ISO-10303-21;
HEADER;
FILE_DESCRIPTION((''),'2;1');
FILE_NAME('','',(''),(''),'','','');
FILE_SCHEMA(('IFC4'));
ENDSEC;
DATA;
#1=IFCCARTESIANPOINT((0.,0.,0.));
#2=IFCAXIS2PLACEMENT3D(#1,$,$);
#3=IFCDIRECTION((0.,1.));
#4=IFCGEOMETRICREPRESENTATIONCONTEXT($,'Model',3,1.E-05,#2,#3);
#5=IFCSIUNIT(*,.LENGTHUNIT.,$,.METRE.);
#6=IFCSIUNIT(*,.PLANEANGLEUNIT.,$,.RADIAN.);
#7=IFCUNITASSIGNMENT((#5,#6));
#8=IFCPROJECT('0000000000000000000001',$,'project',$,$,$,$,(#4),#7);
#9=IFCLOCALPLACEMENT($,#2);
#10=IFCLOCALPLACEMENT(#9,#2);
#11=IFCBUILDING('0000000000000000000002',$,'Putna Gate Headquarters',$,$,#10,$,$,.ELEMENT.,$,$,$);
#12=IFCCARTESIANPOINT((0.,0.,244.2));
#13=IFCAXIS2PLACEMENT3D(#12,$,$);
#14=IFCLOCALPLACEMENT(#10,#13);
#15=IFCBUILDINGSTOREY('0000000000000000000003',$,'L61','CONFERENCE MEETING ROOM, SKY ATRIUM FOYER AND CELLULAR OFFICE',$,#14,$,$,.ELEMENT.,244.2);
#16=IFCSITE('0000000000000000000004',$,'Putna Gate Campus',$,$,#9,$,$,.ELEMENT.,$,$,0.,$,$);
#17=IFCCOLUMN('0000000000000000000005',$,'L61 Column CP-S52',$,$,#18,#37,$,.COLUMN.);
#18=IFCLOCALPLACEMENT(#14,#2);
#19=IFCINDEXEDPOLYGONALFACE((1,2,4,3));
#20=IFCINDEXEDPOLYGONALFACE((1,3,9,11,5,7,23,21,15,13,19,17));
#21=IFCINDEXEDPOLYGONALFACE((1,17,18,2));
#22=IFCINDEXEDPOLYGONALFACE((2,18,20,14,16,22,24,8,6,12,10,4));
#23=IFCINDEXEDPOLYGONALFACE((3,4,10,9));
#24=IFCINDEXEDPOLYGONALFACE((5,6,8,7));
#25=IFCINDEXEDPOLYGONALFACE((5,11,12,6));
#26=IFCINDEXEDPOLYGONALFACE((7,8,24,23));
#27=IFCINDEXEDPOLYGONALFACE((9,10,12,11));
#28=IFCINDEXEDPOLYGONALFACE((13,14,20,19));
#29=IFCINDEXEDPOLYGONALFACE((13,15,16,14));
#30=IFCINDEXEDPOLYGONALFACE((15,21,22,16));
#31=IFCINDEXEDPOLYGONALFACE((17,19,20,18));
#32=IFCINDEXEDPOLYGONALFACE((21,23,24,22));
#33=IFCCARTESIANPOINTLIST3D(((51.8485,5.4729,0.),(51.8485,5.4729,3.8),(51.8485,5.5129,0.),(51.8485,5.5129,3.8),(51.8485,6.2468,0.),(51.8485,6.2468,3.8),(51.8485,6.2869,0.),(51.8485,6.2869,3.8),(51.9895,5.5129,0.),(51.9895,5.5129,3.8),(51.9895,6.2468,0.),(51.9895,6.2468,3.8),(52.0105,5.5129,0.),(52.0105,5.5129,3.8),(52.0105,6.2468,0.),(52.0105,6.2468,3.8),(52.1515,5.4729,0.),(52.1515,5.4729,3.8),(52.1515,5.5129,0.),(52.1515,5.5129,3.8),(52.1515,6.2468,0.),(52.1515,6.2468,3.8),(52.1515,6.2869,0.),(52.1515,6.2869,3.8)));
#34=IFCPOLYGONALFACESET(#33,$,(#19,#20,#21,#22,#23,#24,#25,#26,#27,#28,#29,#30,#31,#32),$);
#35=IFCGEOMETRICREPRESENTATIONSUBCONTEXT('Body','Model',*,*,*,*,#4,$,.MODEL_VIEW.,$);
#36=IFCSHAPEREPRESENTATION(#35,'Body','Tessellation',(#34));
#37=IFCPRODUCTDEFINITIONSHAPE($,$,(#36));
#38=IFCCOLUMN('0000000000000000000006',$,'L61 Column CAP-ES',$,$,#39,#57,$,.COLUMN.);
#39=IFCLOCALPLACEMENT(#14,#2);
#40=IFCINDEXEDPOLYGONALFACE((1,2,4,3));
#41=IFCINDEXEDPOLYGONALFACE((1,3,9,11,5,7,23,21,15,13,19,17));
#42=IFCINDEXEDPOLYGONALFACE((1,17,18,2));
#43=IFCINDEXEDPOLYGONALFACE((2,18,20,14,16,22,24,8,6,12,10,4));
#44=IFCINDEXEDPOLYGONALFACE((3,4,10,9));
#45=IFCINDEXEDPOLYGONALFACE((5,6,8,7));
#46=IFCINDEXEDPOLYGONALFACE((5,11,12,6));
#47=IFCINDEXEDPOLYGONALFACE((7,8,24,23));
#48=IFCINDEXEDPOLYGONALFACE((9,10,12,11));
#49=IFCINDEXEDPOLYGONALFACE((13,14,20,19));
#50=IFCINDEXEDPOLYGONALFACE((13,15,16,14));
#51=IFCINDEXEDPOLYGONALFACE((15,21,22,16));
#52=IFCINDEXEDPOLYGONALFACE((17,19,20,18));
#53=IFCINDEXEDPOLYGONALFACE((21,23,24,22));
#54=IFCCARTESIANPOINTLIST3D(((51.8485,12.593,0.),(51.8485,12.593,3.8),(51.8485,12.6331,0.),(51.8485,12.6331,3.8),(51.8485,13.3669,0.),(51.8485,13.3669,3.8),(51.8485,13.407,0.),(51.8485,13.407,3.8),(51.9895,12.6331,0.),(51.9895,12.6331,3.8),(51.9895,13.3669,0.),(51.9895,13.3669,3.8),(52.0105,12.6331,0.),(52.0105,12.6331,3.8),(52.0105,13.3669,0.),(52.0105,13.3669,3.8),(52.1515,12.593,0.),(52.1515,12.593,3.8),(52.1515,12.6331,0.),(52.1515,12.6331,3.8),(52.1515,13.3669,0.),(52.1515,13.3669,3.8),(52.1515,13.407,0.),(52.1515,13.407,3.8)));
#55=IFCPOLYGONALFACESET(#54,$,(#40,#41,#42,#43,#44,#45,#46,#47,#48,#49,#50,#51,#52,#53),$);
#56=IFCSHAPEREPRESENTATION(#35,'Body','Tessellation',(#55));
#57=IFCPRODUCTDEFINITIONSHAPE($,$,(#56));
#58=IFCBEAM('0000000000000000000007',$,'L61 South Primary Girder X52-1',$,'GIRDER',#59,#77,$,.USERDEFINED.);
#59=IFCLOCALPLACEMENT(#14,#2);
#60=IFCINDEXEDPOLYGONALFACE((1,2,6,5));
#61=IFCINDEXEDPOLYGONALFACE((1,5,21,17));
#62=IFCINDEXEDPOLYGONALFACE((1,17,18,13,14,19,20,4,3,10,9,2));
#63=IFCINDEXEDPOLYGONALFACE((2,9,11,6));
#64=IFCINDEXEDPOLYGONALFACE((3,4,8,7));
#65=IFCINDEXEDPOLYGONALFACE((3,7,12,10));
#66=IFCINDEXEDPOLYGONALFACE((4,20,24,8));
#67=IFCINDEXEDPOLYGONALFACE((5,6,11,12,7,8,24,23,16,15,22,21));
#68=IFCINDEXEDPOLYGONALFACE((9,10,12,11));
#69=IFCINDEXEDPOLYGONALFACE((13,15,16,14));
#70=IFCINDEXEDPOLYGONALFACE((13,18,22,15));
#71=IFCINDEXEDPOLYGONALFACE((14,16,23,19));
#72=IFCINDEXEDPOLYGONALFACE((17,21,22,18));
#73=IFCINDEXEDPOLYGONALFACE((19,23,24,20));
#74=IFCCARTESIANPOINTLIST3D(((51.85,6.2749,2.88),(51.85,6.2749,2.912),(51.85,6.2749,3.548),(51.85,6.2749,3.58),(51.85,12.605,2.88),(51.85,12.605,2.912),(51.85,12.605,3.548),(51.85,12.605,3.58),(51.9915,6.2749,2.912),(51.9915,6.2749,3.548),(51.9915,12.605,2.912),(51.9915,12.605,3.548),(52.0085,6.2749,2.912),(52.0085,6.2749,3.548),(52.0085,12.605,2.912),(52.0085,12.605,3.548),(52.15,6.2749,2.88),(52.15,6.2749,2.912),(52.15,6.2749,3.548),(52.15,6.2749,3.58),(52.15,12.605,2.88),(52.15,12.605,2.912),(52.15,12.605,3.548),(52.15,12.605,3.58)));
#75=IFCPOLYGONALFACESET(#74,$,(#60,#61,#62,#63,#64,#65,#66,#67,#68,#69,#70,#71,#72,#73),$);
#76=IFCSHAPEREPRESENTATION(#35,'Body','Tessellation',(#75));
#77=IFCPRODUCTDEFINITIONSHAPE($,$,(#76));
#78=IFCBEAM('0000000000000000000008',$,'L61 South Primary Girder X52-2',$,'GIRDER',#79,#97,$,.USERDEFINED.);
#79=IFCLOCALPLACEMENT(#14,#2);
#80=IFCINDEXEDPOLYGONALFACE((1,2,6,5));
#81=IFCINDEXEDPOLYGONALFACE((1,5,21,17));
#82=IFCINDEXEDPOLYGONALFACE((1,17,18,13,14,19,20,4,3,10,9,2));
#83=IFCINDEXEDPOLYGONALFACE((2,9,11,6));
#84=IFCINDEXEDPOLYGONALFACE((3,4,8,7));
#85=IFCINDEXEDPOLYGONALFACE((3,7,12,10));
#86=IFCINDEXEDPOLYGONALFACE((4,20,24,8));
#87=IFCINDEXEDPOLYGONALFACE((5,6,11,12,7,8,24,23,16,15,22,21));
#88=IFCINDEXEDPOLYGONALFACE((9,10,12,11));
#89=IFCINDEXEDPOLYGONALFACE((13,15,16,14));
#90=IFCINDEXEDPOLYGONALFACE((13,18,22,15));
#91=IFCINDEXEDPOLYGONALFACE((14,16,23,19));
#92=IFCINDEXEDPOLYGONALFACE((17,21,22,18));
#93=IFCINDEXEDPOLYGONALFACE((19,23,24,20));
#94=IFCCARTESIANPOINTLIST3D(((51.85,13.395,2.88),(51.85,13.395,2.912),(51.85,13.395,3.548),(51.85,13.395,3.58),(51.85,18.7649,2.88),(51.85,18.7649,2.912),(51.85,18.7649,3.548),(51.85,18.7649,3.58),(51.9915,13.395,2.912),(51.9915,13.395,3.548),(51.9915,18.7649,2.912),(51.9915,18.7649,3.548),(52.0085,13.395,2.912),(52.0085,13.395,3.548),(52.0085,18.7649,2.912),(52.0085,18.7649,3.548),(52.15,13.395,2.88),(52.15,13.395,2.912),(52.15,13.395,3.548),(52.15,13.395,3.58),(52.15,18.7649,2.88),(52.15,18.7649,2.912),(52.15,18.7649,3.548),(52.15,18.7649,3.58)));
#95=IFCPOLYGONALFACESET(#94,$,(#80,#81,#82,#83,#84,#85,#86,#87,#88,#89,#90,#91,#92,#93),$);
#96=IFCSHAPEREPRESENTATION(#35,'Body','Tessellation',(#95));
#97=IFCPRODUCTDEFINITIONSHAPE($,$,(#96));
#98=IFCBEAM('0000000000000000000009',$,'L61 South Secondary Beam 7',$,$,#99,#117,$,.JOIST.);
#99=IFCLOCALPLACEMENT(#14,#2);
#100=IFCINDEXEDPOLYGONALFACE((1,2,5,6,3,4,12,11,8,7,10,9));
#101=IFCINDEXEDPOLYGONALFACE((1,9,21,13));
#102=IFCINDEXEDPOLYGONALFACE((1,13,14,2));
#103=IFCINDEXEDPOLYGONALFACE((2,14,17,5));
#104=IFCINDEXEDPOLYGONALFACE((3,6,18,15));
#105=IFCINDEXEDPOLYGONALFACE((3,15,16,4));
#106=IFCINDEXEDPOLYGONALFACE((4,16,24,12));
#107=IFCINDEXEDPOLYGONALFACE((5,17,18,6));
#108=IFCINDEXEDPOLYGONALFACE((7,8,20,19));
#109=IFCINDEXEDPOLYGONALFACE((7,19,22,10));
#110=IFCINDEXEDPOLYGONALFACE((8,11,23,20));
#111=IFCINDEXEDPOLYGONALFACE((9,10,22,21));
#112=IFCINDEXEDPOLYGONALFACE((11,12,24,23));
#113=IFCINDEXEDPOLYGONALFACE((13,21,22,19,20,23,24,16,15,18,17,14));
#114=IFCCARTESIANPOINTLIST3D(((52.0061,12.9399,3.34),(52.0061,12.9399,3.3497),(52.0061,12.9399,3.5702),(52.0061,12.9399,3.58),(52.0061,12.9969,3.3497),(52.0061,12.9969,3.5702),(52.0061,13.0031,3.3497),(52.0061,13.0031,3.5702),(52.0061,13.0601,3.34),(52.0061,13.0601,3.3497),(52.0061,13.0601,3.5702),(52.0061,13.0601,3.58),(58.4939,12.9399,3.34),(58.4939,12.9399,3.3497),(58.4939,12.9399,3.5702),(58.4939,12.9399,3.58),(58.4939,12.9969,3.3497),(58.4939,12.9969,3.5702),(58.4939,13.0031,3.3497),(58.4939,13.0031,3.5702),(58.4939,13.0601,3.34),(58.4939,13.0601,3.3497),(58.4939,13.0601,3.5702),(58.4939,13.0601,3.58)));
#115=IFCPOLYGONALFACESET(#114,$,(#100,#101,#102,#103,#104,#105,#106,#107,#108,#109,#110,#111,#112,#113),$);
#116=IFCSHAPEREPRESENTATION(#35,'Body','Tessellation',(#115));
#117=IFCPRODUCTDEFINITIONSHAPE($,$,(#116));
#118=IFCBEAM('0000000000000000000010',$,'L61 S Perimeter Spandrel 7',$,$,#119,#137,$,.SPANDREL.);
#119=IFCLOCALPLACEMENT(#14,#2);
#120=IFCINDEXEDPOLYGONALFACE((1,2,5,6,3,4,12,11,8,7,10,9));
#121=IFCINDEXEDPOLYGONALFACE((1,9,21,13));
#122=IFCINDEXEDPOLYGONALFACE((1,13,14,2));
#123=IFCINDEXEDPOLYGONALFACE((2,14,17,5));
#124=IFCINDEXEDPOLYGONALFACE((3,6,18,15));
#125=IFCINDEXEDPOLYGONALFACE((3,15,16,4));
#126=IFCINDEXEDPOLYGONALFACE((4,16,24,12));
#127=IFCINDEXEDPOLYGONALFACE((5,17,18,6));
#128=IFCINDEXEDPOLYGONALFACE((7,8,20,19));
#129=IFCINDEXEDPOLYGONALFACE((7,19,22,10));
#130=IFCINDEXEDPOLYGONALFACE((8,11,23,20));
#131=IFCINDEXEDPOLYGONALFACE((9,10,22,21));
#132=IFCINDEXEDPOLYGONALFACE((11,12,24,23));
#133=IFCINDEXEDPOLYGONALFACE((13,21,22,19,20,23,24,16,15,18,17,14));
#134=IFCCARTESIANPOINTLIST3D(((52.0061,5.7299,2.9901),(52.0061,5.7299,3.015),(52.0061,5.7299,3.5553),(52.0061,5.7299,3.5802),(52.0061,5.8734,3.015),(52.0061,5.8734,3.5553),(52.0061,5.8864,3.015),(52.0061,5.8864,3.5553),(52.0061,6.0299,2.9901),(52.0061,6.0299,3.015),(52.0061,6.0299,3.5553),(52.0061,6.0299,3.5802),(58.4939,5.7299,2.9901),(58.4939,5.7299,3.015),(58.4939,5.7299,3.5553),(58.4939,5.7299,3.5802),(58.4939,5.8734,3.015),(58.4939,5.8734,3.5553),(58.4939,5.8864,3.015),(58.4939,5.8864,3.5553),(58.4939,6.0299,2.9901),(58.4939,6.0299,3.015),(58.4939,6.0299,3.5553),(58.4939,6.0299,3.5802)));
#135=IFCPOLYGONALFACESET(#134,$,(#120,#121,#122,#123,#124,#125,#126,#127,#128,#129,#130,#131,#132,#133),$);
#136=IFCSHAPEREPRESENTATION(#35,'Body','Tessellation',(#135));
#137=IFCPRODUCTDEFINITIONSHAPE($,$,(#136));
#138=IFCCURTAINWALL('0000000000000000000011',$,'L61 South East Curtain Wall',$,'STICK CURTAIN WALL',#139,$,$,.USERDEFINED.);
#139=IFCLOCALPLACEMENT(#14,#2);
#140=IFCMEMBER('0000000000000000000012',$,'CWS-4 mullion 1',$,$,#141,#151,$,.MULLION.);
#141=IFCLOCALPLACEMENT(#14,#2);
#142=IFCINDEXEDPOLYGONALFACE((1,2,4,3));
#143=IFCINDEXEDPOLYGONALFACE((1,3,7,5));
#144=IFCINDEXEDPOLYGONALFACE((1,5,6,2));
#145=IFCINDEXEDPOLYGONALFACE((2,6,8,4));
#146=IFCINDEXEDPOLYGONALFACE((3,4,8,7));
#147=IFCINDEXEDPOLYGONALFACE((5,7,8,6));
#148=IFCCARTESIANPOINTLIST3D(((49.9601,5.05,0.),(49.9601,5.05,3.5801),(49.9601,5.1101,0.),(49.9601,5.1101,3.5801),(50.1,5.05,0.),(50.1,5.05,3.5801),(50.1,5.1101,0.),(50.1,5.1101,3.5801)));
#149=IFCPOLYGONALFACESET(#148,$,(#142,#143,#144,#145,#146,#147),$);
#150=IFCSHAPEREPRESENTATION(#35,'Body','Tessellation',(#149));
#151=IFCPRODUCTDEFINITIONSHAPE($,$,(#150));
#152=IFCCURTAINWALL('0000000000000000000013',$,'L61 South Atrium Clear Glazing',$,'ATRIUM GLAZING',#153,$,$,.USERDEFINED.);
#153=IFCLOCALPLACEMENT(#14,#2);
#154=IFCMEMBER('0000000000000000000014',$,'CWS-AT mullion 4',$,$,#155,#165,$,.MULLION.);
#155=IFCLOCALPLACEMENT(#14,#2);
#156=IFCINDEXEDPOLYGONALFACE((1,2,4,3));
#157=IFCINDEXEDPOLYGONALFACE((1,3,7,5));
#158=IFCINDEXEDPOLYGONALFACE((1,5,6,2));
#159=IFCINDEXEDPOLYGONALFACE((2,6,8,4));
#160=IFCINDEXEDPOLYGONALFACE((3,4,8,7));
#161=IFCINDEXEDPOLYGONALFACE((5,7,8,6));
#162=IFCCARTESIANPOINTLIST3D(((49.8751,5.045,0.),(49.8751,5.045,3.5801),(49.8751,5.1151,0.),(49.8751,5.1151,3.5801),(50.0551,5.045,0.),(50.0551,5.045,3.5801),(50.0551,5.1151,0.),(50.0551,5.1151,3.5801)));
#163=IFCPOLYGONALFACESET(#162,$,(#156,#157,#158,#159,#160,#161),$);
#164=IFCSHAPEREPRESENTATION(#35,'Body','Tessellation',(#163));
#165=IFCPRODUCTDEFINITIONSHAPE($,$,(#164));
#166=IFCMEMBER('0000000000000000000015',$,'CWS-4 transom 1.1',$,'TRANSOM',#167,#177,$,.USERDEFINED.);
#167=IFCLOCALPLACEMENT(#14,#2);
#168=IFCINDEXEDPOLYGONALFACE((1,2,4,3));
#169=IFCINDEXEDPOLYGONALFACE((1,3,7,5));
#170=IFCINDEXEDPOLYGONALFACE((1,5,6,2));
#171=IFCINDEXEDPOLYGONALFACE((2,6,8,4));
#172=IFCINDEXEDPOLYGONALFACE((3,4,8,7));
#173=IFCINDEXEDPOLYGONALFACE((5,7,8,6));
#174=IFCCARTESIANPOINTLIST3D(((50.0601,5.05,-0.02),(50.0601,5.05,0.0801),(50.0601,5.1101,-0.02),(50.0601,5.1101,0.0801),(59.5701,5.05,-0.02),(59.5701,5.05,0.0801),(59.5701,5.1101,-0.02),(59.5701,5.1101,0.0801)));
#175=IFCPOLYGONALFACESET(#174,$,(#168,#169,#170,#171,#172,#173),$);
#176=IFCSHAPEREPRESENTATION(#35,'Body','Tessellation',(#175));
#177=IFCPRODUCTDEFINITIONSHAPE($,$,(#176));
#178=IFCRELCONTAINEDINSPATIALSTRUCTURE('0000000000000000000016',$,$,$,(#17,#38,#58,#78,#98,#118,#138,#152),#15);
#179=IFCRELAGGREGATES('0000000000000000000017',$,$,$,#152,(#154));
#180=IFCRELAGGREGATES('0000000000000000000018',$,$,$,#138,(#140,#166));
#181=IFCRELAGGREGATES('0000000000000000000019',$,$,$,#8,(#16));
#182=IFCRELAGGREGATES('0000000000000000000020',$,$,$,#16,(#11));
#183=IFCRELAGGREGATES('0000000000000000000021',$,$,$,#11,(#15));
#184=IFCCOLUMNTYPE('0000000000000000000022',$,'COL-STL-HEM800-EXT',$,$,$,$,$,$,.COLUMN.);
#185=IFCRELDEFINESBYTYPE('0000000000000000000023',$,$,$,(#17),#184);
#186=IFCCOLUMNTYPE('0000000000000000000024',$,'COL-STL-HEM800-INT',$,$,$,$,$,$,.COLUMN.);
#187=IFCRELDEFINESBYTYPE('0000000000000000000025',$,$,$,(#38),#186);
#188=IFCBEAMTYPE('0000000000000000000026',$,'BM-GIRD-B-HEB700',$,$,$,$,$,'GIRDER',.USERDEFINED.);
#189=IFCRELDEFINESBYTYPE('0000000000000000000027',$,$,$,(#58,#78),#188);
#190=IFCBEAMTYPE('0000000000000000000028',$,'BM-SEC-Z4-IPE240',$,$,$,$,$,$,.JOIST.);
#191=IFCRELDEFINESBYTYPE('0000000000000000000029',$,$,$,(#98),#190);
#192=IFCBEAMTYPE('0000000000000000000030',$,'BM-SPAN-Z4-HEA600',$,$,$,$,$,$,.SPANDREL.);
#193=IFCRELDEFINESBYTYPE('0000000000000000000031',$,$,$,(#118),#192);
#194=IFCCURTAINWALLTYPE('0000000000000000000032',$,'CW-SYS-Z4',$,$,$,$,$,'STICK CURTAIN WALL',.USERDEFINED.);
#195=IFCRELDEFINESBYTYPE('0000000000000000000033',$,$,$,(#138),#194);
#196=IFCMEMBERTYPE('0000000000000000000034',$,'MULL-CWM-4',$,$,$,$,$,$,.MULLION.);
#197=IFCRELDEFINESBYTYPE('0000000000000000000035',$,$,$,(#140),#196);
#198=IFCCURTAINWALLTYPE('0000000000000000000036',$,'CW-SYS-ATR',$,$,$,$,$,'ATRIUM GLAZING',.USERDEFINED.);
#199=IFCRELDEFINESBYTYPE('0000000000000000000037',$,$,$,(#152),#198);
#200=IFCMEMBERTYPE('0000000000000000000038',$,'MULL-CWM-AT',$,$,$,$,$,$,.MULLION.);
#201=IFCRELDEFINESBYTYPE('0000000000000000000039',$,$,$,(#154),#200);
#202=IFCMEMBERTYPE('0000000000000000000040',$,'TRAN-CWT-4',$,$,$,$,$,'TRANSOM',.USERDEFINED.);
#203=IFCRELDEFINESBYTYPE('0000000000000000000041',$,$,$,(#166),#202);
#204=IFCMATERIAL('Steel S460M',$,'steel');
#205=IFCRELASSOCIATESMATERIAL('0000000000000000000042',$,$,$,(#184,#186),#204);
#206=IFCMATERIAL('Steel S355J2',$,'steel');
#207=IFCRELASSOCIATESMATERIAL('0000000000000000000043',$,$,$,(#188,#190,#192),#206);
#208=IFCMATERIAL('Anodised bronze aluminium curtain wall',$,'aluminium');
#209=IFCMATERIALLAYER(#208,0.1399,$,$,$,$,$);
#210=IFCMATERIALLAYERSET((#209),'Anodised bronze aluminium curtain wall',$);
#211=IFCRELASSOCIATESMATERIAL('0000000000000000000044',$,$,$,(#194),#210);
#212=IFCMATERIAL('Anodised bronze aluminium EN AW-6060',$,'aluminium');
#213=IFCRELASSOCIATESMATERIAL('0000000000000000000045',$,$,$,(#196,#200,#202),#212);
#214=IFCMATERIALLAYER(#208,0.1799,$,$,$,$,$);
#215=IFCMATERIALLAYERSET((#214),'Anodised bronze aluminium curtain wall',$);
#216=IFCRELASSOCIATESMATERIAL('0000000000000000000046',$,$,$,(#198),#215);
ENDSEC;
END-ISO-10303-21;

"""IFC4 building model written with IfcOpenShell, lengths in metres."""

from ifc_helpers import new_model, si_unit, direction, frame, origin, origin_2d, place, context, subcontext, project, spatial, rectangle, i_section, extrude, material, layer, layer_set, material_profile, profile_set, type_object, element, aggregate, save


model = new_model("IFC4")

# Units and contexts
model_context = context("Model", 3, precision=1e-05, world=origin(), true_north=direction((0.0, 1.0)))
body_context = subcontext(model_context, "Body", "Model", "MODEL_VIEW")
ifc_project = project(units=[si_unit("LENGTHUNIT", "METRE"), si_unit("PLANEANGLEUNIT", "RADIAN")], contexts=[model_context])

# Site, building, storey
site_placement = place(None, origin())
site = spatial("IfcSite", under=ifc_project, at=site_placement, Name="Putna Gate Campus", CompositionType="ELEMENT", RefElevation=0.0)
building_placement = place(site_placement, origin())
building = spatial("IfcBuilding", under=site, at=building_placement, Name="Putna Gate Headquarters", CompositionType="ELEMENT")
storey_placement = place(building_placement, frame((0.0, 0.0, 244.2)))
storey = spatial("IfcBuildingStorey", under=building, at=storey_placement, Name="L61", Description="CONFERENCE MEETING ROOM, SKY ATRIUM FOYER AND CELLULAR OFFICE", CompositionType="ELEMENT", Elevation=244.2)

# Columns
ifc_material_1 = material(Name="Steel S460M", Category="steel")
ifc_material_profile_1 = material_profile(ifc_material_1, i_section(OverallWidth=0.303, OverallDepth=0.814, WebThickness=0.021, FlangeThickness=0.04, at=origin_2d()), Name="Steel S460M")
ifc_profile_set_1 = profile_set([ifc_material_profile_1], Name="Steel S460M")
column_type_1 = type_object("IfcColumnType", Name="COL-STL-HEM800-EXT", PredefinedType="COLUMN", material=ifc_profile_set_1)
column_1_placement = place(storey_placement, frame((52.0, 5.8799, 0.0), z_axis=(0.0, 0.0, 1.0), x_axis=(1.0, 0.0, 0.0)))
element("IfcColumn", 1, at=column_1_placement, inside=storey, type_object=column_type_1, Name="L61 Column CP-S52", PredefinedType="COLUMN", context=body_context, shape_type="SweptSolid", body=[
    extrude(i_section(OverallWidth=0.303, OverallDepth=0.814, WebThickness=0.021, FlangeThickness=0.04, at=origin_2d()), origin(), (0.0, 0.0, 1.0), 3.8),
])
ifc_material_profile_2 = material_profile(ifc_material_1, i_section(OverallWidth=0.303, OverallDepth=0.814, WebThickness=0.021, FlangeThickness=0.04, at=origin_2d()), Name="Steel S460M")
ifc_profile_set_2 = profile_set([ifc_material_profile_2], Name="Steel S460M")
column_type_2 = type_object("IfcColumnType", Name="COL-STL-HEM800-INT", PredefinedType="COLUMN", material=ifc_profile_set_2)
column_2_placement = place(storey_placement, frame((52.0, 13.0, 0.0), z_axis=(0.0, 0.0, 1.0), x_axis=(1.0, 0.0, 0.0)))
element("IfcColumn", 2, at=column_2_placement, inside=storey, type_object=column_type_2, Name="L61 Column CAP-ES", PredefinedType="COLUMN", context=body_context, shape_type="SweptSolid", body=[
    extrude(i_section(OverallWidth=0.303, OverallDepth=0.814, WebThickness=0.021, FlangeThickness=0.04, at=origin_2d()), origin(), (0.0, 0.0, 1.0), 3.8),
])

# Beams
ifc_material_2 = material(Name="Steel S355J2", Category="steel")
ifc_material_profile_3 = material_profile(ifc_material_2, i_section(OverallWidth=0.3, OverallDepth=0.7, WebThickness=0.0171, FlangeThickness=0.032, at=origin_2d()), Name="Steel S355J2")
ifc_profile_set_3 = profile_set([ifc_material_profile_3], Name="Steel S355J2")
beam_type_1 = type_object("IfcBeamType", Name="BM-GIRD-B-HEB700", ElementType="GIRDER", PredefinedType="USERDEFINED", material=ifc_profile_set_3)
beam_1_placement = place(storey_placement, frame((52.0, 6.2749, 3.23), z_axis=(0.0, 1.0, 0.0), x_axis=(-1.0, 0.0, 0.0)))
element("IfcBeam", 3, at=beam_1_placement, inside=storey, type_object=beam_type_1, Name="L61 South Primary Girder X52-1", ObjectType="GIRDER", PredefinedType="USERDEFINED", context=body_context, shape_type="SweptSolid", body=[
    extrude(i_section(OverallWidth=0.3, OverallDepth=0.7, WebThickness=0.0171, FlangeThickness=0.032, at=origin_2d()), origin(), (0.0, 0.0, 1.0), 6.3301),
])
beam_2_placement = place(storey_placement, frame((52.0, 13.395, 3.23), z_axis=(0.0, 1.0, 0.0), x_axis=(-1.0, 0.0, 0.0)))
element("IfcBeam", 4, at=beam_2_placement, inside=storey, type_object=beam_type_1, Name="L61 South Primary Girder X52-2", ObjectType="GIRDER", PredefinedType="USERDEFINED", context=body_context, shape_type="SweptSolid", body=[
    extrude(i_section(OverallWidth=0.3, OverallDepth=0.7, WebThickness=0.0171, FlangeThickness=0.032, at=origin_2d()), origin(), (0.0, 0.0, 1.0), 5.3699),
])
ifc_material_profile_4 = material_profile(ifc_material_2, i_section(OverallWidth=0.1201, OverallDepth=0.24, WebThickness=0.0061, FlangeThickness=0.0098, at=origin_2d()), Name="Steel S355J2")
ifc_profile_set_4 = profile_set([ifc_material_profile_4], Name="Steel S355J2")
beam_type_2 = type_object("IfcBeamType", Name="BM-SEC-Z4-IPE240", PredefinedType="JOIST", material=ifc_profile_set_4)
beam_3_placement = place(storey_placement, frame((52.0061, 13.0, 3.46), z_axis=(1.0, 0.0, 0.0), x_axis=(0.0, 1.0, 0.0)))
element("IfcBeam", 5, at=beam_3_placement, inside=storey, type_object=beam_type_2, Name="L61 South Secondary Beam 7", PredefinedType="JOIST", context=body_context, shape_type="SweptSolid", body=[
    extrude(i_section(OverallWidth=0.1201, OverallDepth=0.24, WebThickness=0.0061, FlangeThickness=0.0098, at=origin_2d()), origin(), (0.0, 0.0, 1.0), 6.4878),
])
ifc_material_profile_5 = material_profile(ifc_material_2, i_section(OverallWidth=0.3, OverallDepth=0.5901, WebThickness=0.0129, FlangeThickness=0.0249, at=origin_2d()), Name="Steel S355J2")
ifc_profile_set_5 = profile_set([ifc_material_profile_5], Name="Steel S355J2")
beam_type_3 = type_object("IfcBeamType", Name="BM-SPAN-Z4-HEA600", PredefinedType="SPANDREL", material=ifc_profile_set_5)
beam_4_placement = place(storey_placement, frame((52.0061, 5.8799, 3.2852), z_axis=(1.0, 0.0, 0.0), x_axis=(0.0, 1.0, 0.0)))
element("IfcBeam", 6, at=beam_4_placement, inside=storey, type_object=beam_type_3, Name="L61 S Perimeter Spandrel 7", PredefinedType="SPANDREL", context=body_context, shape_type="SweptSolid", body=[
    extrude(i_section(OverallWidth=0.3, OverallDepth=0.5901, WebThickness=0.0129, FlangeThickness=0.0249, at=origin_2d()), origin(), (0.0, 0.0, 1.0), 6.4878),
])

# Curtain walls, members
ifc_material_3 = material(Name="Anodised bronze aluminium curtain wall", Category="aluminium")
ifc_layer_1 = layer(ifc_material_3, 0.1399)
ifc_layer_set_1 = layer_set([ifc_layer_1], Name="Anodised bronze aluminium curtain wall")
curtain_wall_type_1 = type_object("IfcCurtainWallType", Name="CW-SYS-Z4", ElementType="STICK CURTAIN WALL", PredefinedType="USERDEFINED", material=ifc_layer_set_1)
curtain_wall_1_placement = place(storey_placement, origin())
curtain_wall_1 = element("IfcCurtainWall", 7, at=curtain_wall_1_placement, inside=storey, type_object=curtain_wall_type_1, Name="L61 South East Curtain Wall", ObjectType="STICK CURTAIN WALL", PredefinedType="USERDEFINED")
ifc_material_4 = material(Name="Anodised bronze aluminium EN AW-6060", Category="aluminium")
ifc_material_profile_6 = material_profile(ifc_material_4, rectangle(XDim=0.0601, YDim=0.1399, at=origin_2d()), Name="Anodised bronze aluminium EN AW-6060")
ifc_profile_set_6 = profile_set([ifc_material_profile_6], Name="Anodised bronze aluminium EN AW-6060")
member_type_1 = type_object("IfcMemberType", Name="MULL-CWM-4", PredefinedType="MULLION", material=ifc_profile_set_6)
member_1_placement = place(storey_placement, frame((50.03, 5.0801, 0.0), z_axis=(0.0, 0.0, 1.0), x_axis=(0.0, 1.0, 0.0)))
member_1 = element("IfcMember", 8, at=member_1_placement, type_object=member_type_1, Name="CWS-4 mullion 1", PredefinedType="MULLION", context=body_context, shape_type="SweptSolid", body=[
    extrude(rectangle(XDim=0.0601, YDim=0.1399, at=origin_2d()), origin(), (0.0, 0.0, 1.0), 3.5801),
])
ifc_layer_2 = layer(ifc_material_3, 0.1799)
ifc_layer_set_2 = layer_set([ifc_layer_2], Name="Anodised bronze aluminium curtain wall")
curtain_wall_type_2 = type_object("IfcCurtainWallType", Name="CW-SYS-ATR", ElementType="ATRIUM GLAZING", PredefinedType="USERDEFINED", material=ifc_layer_set_2)
curtain_wall_2_placement = place(storey_placement, origin())
curtain_wall_2 = element("IfcCurtainWall", 9, at=curtain_wall_2_placement, inside=storey, type_object=curtain_wall_type_2, Name="L61 South Atrium Clear Glazing", ObjectType="ATRIUM GLAZING", PredefinedType="USERDEFINED")
ifc_material_profile_7 = material_profile(ifc_material_4, rectangle(XDim=0.0701, YDim=0.1799, at=origin_2d()), Name="Anodised bronze aluminium EN AW-6060")
ifc_profile_set_7 = profile_set([ifc_material_profile_7], Name="Anodised bronze aluminium EN AW-6060")
member_type_2 = type_object("IfcMemberType", Name="MULL-CWM-AT", PredefinedType="MULLION", material=ifc_profile_set_7)
member_2_placement = place(storey_placement, frame((49.9651, 5.0801, 0.0), z_axis=(0.0, 0.0, 1.0), x_axis=(0.0, 1.0, 0.0)))
member_2 = element("IfcMember", 10, at=member_2_placement, type_object=member_type_2, Name="CWS-AT mullion 4", PredefinedType="MULLION", context=body_context, shape_type="SweptSolid", body=[
    extrude(rectangle(XDim=0.0701, YDim=0.1799, at=origin_2d()), origin(), (0.0, 0.0, 1.0), 3.5801),
])
aggregate(curtain_wall_2, [member_2])

# Member
ifc_material_profile_8 = material_profile(ifc_material_4, rectangle(XDim=0.0601, YDim=0.1001, at=origin_2d()), Name="Anodised bronze aluminium EN AW-6060")
ifc_profile_set_8 = profile_set([ifc_material_profile_8], Name="Anodised bronze aluminium EN AW-6060")
member_type_3 = type_object("IfcMemberType", Name="TRAN-CWT-4", ElementType="TRANSOM", PredefinedType="USERDEFINED", material=ifc_profile_set_8)
member_3_placement = place(storey_placement, frame((50.0601, 5.0801, 0.03), z_axis=(1.0, 0.0, 0.0), x_axis=(0.0, 1.0, 0.0)))
member_3 = element("IfcMember", 11, at=member_3_placement, type_object=member_type_3, Name="CWS-4 transom 1.1", ObjectType="TRANSOM", PredefinedType="USERDEFINED", context=body_context, shape_type="SweptSolid", body=[
    extrude(rectangle(XDim=0.0601, YDim=0.1001, at=origin_2d()), origin(), (0.0, 0.0, 1.0), 9.51),
])

aggregate(curtain_wall_1, [member_1, member_3])

save(model, "model.ifc")
